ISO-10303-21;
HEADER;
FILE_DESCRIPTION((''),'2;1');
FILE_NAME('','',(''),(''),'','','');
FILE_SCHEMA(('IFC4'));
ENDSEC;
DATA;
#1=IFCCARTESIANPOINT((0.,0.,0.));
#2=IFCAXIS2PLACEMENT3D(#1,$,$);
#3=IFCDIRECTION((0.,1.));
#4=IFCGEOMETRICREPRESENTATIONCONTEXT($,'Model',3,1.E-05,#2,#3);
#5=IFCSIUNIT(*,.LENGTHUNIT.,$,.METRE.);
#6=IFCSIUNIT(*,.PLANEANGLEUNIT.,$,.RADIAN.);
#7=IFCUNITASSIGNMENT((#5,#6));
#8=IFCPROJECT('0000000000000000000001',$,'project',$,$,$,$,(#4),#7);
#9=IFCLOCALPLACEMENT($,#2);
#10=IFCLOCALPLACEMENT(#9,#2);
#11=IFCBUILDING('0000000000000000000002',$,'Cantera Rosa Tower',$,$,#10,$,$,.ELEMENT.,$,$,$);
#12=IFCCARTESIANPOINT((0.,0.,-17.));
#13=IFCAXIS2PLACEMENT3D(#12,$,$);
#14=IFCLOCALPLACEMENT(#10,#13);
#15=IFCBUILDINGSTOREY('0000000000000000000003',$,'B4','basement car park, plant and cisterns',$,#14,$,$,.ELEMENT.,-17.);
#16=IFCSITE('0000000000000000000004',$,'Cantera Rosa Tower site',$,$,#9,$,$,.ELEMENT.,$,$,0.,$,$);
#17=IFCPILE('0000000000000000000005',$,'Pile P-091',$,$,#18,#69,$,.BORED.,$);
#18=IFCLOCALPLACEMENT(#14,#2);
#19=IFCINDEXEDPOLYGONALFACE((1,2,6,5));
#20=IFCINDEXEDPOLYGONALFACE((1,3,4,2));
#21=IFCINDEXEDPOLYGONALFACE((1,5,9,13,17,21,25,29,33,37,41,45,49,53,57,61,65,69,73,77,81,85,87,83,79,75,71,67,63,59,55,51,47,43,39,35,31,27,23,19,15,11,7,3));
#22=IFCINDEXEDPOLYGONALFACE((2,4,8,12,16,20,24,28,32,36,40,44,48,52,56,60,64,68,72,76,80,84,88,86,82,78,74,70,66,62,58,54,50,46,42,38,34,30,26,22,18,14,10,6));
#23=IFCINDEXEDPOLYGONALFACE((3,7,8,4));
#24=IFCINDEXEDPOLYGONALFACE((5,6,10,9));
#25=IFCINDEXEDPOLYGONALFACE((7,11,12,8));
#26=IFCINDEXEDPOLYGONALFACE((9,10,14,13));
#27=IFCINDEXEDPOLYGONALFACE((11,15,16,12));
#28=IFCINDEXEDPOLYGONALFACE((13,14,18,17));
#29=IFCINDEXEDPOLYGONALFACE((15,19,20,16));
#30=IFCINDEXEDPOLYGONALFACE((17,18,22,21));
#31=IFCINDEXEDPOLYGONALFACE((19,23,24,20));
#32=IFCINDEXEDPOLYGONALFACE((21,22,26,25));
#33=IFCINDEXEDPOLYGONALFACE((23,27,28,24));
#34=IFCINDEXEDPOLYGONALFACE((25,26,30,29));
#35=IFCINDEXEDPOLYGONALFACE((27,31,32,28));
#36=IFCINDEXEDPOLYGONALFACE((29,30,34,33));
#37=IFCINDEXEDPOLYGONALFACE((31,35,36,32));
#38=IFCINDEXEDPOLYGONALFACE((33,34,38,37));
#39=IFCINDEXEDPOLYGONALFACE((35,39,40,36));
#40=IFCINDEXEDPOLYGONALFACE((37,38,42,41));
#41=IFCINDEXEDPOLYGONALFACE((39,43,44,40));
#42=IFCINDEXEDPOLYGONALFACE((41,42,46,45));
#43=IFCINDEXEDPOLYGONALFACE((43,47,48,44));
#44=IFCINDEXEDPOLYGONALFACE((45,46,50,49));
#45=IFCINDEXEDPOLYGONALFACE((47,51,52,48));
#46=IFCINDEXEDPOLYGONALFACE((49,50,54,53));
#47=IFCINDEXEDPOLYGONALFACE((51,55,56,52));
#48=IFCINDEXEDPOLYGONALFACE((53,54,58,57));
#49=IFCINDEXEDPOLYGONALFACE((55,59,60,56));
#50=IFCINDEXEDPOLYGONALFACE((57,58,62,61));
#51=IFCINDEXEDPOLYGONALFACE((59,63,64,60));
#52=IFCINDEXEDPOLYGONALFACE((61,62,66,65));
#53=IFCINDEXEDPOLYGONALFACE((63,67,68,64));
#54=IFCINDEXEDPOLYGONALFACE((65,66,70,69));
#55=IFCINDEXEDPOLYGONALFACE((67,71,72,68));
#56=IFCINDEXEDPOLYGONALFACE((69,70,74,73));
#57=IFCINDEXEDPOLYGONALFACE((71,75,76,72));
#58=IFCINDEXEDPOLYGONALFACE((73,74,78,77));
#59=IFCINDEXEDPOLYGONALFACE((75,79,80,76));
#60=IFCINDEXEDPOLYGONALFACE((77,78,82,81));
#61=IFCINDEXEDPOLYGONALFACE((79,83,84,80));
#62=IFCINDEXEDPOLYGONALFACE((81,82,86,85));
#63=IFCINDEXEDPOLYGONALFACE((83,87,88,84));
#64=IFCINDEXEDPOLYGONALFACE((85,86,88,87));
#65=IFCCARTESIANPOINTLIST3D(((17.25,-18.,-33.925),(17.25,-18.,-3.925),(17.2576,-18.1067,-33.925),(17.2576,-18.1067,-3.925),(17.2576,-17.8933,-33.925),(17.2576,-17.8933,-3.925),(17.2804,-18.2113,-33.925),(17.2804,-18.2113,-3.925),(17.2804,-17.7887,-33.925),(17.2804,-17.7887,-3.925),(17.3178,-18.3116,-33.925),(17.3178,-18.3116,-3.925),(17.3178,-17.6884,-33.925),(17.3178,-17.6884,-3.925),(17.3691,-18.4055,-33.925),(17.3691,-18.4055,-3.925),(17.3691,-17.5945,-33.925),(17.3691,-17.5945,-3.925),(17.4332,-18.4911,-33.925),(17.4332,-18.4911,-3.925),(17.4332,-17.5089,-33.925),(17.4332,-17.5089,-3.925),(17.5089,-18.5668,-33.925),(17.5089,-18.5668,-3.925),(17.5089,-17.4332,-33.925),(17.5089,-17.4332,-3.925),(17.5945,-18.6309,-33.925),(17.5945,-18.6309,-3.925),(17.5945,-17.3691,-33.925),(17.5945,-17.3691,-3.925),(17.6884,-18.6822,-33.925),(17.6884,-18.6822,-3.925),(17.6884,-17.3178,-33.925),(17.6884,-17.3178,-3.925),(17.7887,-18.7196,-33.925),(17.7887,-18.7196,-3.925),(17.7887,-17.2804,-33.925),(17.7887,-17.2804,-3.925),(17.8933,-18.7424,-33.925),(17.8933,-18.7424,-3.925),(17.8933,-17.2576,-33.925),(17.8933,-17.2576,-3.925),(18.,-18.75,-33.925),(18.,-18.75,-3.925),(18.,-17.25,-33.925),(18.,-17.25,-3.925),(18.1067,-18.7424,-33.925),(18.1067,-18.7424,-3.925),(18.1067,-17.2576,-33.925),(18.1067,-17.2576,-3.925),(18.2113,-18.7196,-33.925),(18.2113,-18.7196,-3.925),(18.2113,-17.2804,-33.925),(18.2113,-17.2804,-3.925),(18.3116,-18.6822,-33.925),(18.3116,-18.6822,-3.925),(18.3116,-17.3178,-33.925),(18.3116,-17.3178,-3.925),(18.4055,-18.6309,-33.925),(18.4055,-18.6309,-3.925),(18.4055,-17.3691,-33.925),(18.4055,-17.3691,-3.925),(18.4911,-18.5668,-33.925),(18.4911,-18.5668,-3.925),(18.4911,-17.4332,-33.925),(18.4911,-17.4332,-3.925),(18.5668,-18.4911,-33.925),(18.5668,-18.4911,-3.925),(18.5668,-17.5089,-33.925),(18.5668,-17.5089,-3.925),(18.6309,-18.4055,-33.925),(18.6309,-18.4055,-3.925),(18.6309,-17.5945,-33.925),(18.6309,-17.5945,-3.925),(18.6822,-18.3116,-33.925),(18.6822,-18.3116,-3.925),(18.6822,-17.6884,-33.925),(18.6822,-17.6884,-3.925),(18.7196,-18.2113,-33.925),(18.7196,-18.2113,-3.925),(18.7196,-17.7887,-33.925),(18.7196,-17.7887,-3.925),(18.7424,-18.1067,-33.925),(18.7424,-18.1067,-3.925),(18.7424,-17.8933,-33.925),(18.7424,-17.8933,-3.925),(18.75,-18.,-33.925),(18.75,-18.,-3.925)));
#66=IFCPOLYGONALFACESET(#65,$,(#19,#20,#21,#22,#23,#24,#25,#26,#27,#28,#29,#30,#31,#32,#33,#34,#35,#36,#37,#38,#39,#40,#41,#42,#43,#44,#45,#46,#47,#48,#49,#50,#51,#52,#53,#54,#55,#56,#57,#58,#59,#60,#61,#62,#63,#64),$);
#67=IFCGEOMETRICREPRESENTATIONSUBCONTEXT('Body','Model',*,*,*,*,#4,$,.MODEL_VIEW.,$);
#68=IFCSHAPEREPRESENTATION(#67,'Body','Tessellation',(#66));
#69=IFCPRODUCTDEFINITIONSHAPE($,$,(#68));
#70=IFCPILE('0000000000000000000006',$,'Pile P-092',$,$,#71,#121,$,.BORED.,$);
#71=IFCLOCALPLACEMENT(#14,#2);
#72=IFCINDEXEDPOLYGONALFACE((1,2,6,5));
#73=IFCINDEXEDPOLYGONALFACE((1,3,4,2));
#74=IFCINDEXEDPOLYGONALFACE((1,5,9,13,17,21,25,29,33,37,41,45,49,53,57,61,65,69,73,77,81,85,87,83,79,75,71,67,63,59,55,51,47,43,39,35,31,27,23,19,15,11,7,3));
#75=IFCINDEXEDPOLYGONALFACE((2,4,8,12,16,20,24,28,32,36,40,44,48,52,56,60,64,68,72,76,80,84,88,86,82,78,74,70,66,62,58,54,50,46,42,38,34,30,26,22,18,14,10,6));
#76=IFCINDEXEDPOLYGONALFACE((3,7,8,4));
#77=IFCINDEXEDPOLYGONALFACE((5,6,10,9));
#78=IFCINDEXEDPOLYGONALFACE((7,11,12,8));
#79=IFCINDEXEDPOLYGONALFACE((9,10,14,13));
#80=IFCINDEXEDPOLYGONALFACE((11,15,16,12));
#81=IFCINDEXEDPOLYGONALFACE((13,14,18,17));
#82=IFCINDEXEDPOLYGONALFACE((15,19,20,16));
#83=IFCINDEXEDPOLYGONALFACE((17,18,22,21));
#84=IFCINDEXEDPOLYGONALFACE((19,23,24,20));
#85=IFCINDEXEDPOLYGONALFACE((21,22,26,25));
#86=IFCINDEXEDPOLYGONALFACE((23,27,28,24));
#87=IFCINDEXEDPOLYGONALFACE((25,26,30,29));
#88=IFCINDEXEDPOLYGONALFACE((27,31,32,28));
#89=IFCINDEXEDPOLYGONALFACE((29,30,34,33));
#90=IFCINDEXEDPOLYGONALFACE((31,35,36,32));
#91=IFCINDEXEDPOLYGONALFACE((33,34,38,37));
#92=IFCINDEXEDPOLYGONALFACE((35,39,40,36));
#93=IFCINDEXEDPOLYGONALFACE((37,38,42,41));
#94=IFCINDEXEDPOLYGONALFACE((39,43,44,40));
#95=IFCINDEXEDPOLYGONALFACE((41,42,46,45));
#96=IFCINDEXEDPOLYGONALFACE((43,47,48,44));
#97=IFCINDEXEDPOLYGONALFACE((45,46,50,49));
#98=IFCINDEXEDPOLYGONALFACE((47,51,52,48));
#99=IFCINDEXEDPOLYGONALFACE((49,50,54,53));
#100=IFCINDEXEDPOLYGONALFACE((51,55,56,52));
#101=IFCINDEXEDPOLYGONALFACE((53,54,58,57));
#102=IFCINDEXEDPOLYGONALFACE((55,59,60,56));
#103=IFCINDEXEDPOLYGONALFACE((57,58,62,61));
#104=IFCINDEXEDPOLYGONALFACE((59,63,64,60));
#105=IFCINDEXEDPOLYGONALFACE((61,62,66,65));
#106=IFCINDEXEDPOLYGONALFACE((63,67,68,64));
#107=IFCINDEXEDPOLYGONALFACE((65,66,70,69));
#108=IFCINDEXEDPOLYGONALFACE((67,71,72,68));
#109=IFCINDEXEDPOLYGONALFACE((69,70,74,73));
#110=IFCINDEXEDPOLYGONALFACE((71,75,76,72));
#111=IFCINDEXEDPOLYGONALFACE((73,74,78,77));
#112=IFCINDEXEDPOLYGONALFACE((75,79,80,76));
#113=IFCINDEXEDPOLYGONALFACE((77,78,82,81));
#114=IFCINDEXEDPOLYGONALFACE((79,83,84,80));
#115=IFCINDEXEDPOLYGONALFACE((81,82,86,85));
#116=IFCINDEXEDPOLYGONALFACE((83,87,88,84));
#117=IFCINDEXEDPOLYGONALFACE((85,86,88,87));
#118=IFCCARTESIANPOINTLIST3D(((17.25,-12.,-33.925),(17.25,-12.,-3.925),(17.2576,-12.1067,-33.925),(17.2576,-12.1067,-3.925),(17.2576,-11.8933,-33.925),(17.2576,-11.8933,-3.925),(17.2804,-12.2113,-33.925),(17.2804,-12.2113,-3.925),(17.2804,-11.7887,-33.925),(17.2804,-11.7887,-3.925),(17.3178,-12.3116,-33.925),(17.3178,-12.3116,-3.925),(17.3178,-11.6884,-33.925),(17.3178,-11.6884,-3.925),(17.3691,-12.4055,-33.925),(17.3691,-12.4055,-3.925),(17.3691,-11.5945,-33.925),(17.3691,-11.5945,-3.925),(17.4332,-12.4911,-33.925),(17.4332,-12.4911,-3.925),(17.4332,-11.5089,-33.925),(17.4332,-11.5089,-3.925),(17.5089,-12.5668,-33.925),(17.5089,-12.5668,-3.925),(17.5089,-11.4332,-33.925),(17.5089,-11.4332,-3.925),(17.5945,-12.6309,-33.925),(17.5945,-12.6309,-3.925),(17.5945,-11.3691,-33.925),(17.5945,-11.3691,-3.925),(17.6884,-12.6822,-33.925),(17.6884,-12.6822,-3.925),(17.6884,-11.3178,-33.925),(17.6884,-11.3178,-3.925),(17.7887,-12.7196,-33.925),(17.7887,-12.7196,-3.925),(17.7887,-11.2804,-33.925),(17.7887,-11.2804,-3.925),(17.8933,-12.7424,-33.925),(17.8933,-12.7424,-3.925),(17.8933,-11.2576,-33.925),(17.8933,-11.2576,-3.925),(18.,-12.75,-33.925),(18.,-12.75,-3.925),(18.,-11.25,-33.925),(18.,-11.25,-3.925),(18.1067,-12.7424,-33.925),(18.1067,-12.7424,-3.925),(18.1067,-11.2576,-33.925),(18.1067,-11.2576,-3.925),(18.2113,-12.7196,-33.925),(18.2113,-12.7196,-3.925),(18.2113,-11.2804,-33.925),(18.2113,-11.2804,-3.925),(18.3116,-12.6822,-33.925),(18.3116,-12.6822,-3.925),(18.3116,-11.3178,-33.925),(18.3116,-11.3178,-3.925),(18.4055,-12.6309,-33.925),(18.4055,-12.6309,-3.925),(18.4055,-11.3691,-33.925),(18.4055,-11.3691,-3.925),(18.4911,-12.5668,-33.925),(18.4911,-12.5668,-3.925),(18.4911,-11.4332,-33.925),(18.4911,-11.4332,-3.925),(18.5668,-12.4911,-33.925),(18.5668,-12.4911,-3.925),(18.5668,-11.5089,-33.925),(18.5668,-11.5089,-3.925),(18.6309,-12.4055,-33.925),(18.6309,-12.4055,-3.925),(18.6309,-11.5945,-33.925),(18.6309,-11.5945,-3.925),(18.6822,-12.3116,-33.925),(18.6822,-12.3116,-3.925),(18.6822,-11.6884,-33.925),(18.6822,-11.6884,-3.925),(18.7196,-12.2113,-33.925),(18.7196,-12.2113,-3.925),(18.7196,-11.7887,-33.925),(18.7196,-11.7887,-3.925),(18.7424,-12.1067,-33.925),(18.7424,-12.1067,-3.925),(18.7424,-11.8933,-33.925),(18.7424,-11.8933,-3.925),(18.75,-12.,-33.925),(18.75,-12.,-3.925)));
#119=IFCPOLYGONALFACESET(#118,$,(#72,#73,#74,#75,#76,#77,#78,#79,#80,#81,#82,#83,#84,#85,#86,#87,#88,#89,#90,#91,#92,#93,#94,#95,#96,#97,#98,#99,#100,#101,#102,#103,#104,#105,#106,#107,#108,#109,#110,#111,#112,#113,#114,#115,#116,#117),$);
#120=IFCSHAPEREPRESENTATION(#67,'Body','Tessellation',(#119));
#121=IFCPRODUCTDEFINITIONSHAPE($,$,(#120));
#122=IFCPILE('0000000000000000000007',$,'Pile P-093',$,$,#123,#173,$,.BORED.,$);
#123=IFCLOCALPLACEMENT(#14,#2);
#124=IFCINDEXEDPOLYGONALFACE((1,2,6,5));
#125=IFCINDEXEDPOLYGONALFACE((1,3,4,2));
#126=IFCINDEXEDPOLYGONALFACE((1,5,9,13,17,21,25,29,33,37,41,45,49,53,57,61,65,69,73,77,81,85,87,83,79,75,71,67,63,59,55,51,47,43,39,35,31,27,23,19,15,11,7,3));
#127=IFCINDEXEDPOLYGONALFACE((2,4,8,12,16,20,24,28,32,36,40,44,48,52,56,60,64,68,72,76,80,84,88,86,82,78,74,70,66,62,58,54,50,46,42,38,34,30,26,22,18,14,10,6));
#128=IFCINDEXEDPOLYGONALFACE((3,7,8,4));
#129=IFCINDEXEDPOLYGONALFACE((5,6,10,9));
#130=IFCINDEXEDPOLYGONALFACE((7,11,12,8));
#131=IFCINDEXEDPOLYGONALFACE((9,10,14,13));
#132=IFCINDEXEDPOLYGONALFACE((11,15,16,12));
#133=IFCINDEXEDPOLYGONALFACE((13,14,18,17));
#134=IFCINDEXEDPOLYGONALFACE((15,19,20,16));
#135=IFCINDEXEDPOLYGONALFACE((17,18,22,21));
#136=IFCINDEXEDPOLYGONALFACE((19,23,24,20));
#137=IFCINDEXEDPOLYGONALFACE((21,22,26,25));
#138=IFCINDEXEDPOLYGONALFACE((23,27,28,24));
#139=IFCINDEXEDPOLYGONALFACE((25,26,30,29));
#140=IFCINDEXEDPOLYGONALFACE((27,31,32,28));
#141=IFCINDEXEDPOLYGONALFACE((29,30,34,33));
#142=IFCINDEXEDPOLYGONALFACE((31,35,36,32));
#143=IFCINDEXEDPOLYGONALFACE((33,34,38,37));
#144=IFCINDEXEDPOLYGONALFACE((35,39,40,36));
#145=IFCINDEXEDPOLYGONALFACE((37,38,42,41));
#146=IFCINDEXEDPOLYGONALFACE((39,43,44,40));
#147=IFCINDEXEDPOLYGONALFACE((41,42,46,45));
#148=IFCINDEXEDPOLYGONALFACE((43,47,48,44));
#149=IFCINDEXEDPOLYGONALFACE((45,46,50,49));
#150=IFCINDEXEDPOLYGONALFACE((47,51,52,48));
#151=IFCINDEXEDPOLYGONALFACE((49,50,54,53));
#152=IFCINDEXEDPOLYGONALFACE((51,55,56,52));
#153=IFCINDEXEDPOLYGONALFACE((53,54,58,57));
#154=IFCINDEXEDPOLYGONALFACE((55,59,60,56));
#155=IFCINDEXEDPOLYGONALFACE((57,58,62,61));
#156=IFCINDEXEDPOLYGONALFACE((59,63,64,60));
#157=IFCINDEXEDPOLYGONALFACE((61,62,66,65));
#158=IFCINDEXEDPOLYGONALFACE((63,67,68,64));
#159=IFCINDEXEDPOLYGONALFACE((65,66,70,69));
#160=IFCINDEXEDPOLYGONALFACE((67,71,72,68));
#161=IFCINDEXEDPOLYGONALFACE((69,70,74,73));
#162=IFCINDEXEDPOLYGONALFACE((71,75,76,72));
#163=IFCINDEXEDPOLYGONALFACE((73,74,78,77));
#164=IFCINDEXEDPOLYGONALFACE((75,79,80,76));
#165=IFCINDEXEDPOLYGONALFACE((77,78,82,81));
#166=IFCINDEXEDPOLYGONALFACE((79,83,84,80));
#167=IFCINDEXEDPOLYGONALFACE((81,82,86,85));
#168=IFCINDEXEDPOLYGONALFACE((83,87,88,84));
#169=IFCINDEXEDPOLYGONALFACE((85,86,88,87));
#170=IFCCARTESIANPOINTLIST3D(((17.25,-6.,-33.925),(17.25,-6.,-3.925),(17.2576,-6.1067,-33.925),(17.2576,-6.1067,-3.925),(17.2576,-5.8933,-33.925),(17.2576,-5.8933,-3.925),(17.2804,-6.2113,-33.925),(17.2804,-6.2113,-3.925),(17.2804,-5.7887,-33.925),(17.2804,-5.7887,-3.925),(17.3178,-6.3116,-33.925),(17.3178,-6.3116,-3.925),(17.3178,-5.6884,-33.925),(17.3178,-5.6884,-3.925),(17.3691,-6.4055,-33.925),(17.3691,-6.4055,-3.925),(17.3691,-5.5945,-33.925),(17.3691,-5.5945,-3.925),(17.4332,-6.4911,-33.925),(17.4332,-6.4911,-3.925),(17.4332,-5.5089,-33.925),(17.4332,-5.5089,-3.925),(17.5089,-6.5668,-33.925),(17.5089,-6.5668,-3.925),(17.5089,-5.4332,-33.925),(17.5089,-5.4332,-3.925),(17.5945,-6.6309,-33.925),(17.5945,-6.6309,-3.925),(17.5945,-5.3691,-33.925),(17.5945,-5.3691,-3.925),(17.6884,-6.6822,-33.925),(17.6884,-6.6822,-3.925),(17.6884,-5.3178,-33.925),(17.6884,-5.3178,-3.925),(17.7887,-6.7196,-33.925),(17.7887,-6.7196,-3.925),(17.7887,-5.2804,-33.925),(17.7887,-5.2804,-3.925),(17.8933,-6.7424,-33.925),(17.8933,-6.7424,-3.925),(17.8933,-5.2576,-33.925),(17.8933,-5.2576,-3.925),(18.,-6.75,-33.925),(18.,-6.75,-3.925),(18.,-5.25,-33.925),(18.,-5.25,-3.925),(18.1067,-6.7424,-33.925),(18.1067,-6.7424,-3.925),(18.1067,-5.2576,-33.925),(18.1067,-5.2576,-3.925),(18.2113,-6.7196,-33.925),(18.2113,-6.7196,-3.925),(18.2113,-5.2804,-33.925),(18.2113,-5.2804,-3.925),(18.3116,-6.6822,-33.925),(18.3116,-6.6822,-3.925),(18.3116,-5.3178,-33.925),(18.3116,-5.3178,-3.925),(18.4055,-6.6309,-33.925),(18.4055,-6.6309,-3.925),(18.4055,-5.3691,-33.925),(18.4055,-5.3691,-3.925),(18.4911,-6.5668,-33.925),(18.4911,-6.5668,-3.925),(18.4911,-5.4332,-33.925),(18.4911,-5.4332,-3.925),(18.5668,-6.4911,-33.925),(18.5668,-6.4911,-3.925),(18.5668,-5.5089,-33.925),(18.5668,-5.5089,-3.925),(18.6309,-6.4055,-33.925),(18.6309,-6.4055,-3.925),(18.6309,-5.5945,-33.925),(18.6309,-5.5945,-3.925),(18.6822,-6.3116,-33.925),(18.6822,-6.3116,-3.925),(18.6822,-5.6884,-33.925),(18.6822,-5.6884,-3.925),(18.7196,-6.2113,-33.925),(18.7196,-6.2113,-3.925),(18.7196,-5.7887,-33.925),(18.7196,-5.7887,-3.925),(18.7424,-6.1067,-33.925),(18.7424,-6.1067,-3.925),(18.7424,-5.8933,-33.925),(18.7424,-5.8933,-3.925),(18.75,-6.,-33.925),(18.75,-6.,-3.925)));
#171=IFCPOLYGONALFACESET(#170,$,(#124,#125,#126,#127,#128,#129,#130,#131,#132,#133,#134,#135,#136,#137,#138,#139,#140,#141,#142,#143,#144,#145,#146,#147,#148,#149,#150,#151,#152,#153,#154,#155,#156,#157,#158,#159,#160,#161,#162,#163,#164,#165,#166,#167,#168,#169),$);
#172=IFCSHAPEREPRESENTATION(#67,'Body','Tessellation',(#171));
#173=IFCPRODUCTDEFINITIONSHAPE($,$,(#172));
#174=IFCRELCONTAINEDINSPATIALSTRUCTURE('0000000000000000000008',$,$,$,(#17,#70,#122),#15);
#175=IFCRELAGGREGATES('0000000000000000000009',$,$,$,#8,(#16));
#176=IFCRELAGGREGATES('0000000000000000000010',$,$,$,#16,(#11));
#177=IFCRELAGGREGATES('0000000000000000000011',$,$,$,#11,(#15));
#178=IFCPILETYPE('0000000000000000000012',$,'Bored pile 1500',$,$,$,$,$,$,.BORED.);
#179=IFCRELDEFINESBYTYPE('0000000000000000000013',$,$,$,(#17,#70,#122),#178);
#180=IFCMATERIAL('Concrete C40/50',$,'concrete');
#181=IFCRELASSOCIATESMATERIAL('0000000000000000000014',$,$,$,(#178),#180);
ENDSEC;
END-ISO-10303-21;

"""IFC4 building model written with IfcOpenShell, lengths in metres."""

from ifc_helpers import new_model, si_unit, direction, frame, origin, origin_2d, place, context, subcontext, project, spatial, circle, extrude, material, material_profile, profile_set, type_object, element, save


model = new_model("IFC4")

# Units and contexts
model_context = context("Model", 3, precision=1e-05, world=origin(), true_north=direction((0.0, 1.0)))
body_context = subcontext(model_context, "Body", "Model", "MODEL_VIEW")
ifc_project = project(units=[si_unit("LENGTHUNIT", "METRE"), si_unit("PLANEANGLEUNIT", "RADIAN")], contexts=[model_context])

# Site, building, storey
site_placement = place(None, origin())
site = spatial("IfcSite", under=ifc_project, at=site_placement, Name="Cantera Rosa Tower site", CompositionType="ELEMENT", RefElevation=0.0)
building_placement = place(site_placement, origin())
building = spatial("IfcBuilding", under=site, at=building_placement, Name="Cantera Rosa Tower", CompositionType="ELEMENT")
storey_placement = place(building_placement, frame((0.0, 0.0, -17.0)))
storey = spatial("IfcBuildingStorey", under=building, at=storey_placement, Name="B4", Description="basement car park, plant and cisterns", CompositionType="ELEMENT", Elevation=-17.0)

# Piles
ifc_material_1 = material(Name="Concrete C40/50", Category="concrete")
ifc_material_profile_1 = material_profile(ifc_material_1, circle(Radius=0.75, at=origin_2d()), Name="Bored pile 1500")
ifc_profile_set_1 = profile_set([ifc_material_profile_1], Name="Concrete C40/50")
pile_type = type_object("IfcPileType", Name="Bored pile 1500", PredefinedType="BORED", material=ifc_profile_set_1)
for number, where, z_axis, x_axis, name in (
    (1, (18.0, -18.0, -3.925), (0.0, 0.0, -1.0), (1.0, 0.0, 0.0), "Pile P-091"),
    (2, (18.0, -12.0, -3.925), (0.0, 0.0, -1.0), (1.0, 0.0, 0.0), "Pile P-092"),
    (3, (18.0, -6.0, -3.925), (0.0, 0.0, -1.0), (1.0, 0.0, 0.0), "Pile P-093"),
):
    element("IfcPile", number, at=place(storey_placement, frame(where, z_axis=z_axis, x_axis=x_axis)), inside=storey, type_object=pile_type, Name=name, PredefinedType="BORED", context=body_context, shape_type="SweptSolid", body=[
        extrude(circle(Radius=0.75, at=origin_2d()), origin(), (0.0, 0.0, 1.0), 30.0),
    ])

save(model, "model.ifc")
